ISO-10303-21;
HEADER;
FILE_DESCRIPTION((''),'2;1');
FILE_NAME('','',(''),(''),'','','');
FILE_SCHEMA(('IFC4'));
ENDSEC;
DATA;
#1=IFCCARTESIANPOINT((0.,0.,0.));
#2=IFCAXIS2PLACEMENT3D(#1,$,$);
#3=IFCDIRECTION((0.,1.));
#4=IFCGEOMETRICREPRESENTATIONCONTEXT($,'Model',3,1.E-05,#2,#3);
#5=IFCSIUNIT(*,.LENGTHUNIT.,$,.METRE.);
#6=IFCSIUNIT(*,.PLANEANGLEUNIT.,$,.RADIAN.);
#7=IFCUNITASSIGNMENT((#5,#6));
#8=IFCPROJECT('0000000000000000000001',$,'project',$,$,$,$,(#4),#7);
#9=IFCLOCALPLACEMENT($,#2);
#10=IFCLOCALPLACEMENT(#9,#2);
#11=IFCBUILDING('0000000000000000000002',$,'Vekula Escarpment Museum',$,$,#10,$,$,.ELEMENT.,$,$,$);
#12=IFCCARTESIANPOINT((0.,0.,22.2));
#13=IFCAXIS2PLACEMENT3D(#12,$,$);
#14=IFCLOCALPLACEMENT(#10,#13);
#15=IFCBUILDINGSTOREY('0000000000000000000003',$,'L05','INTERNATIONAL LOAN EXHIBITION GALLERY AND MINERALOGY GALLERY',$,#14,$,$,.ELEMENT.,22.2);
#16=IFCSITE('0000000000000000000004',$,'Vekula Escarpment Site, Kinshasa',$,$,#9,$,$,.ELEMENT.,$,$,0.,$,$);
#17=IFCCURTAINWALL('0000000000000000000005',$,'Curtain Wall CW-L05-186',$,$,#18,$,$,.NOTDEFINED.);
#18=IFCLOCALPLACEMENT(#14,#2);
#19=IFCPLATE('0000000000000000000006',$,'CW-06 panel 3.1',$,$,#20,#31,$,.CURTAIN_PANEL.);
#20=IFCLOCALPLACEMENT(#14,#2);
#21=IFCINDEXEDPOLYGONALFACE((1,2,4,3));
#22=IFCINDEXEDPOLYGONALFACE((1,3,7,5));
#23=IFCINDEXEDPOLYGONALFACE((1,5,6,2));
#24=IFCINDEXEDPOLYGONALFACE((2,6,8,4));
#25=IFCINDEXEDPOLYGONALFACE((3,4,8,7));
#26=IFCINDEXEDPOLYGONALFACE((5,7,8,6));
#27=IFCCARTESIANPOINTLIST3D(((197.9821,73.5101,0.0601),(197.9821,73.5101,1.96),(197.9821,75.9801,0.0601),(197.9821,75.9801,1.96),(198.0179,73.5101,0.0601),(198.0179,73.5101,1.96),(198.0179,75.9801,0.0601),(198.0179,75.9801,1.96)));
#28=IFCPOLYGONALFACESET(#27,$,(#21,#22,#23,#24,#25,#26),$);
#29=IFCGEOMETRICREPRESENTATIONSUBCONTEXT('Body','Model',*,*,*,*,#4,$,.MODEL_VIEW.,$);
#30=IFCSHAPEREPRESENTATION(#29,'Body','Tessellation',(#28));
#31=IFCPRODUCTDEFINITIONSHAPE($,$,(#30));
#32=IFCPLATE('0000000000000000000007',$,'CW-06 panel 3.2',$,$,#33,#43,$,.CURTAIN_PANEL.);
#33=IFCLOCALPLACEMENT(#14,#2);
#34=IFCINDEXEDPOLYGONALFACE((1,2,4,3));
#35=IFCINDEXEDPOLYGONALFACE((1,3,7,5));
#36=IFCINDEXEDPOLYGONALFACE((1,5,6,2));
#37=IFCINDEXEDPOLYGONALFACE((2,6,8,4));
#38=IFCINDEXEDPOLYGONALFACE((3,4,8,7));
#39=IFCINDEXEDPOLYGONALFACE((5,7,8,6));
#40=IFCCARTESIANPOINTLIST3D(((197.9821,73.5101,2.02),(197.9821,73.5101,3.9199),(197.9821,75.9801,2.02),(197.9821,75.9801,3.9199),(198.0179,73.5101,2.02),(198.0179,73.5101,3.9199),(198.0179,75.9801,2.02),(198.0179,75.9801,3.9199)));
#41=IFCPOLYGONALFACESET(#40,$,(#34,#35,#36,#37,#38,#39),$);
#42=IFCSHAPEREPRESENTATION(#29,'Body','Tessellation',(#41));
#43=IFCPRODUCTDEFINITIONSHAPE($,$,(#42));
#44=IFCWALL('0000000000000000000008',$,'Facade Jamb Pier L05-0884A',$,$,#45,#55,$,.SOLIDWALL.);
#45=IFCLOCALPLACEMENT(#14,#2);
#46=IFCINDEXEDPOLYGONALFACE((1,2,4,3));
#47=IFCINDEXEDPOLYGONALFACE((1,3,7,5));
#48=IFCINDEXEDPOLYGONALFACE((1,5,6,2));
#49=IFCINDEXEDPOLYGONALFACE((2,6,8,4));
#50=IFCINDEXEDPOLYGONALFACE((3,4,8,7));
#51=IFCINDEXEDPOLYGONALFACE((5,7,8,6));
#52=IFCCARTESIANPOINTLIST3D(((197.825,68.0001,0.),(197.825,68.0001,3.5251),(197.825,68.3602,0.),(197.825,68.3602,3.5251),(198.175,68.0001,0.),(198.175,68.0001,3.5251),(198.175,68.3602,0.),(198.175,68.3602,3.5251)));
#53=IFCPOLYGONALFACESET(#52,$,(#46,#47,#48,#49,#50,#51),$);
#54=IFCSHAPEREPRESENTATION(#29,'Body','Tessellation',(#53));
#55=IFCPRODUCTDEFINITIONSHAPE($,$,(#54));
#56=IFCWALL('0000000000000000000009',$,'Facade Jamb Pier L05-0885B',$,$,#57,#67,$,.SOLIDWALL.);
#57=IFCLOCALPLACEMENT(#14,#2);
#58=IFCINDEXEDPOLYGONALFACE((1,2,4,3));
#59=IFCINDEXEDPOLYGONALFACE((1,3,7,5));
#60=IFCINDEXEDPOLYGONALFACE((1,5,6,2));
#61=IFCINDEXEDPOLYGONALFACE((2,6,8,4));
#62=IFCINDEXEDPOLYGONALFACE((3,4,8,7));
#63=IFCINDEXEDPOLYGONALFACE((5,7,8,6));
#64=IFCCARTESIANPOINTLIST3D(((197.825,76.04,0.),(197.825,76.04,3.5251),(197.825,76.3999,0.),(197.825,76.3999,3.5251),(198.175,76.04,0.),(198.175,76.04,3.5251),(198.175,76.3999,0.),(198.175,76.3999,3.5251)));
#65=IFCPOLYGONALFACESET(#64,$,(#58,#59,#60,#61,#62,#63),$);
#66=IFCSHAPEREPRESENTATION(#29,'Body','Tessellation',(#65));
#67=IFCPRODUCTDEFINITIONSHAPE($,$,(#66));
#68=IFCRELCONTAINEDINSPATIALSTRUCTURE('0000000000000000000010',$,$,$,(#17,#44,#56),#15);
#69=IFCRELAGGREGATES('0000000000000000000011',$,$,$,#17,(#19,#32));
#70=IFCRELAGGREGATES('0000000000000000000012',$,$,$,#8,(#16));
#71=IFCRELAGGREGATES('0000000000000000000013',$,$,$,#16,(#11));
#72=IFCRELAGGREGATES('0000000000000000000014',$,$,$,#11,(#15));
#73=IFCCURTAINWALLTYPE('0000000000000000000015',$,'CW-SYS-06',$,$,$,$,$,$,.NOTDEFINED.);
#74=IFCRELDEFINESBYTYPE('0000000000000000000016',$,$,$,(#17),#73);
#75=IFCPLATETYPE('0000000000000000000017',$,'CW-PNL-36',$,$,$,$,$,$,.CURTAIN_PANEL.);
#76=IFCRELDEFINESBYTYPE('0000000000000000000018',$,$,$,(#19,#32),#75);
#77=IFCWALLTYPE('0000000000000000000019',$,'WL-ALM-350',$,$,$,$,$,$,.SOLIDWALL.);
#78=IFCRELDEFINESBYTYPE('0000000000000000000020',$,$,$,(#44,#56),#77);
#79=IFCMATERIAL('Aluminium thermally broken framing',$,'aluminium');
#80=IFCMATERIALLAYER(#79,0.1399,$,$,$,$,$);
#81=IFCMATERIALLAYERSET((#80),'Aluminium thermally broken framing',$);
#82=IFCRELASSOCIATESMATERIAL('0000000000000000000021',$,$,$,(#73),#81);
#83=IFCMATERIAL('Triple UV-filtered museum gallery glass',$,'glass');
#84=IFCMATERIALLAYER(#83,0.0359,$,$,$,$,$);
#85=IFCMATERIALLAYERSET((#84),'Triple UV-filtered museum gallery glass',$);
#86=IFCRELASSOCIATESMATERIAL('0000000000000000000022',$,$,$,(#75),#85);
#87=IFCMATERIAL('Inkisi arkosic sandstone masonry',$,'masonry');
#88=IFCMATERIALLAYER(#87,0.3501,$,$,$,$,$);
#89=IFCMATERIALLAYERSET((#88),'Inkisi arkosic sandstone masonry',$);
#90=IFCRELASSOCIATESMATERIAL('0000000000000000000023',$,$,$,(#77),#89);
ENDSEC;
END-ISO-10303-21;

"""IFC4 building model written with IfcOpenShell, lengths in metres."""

from ifc_helpers import new_model, si_unit, direction, frame, frame_2d, origin, origin_2d, place, context, subcontext, project, spatial, rectangle, extrude, material, layer, layer_set, type_object, element, aggregate, save


model = new_model("IFC4")

# Units and contexts
model_context = context("Model", 3, precision=1e-05, world=origin(), true_north=direction((0.0, 1.0)))
body_context = subcontext(model_context, "Body", "Model", "MODEL_VIEW")
ifc_project = project(units=[si_unit("LENGTHUNIT", "METRE"), si_unit("PLANEANGLEUNIT", "RADIAN")], contexts=[model_context])

# Site, building, storey
site_placement = place(None, origin())
site = spatial("IfcSite", under=ifc_project, at=site_placement, Name="Vekula Escarpment Site, Kinshasa", CompositionType="ELEMENT", RefElevation=0.0)
building_placement = place(site_placement, origin())
building = spatial("IfcBuilding", under=site, at=building_placement, Name="Vekula Escarpment Museum", CompositionType="ELEMENT")
storey_placement = place(building_placement, frame((0.0, 0.0, 22.2)))
storey = spatial("IfcBuildingStorey", under=building, at=storey_placement, Name="L05", Description="INTERNATIONAL LOAN EXHIBITION GALLERY AND MINERALOGY GALLERY", CompositionType="ELEMENT", Elevation=22.2)

# Curtain wall, plates
ifc_material_1 = material(Name="Aluminium thermally broken framing", Category="aluminium")
ifc_layer_1 = layer(ifc_material_1, 0.1399)
ifc_layer_set_1 = layer_set([ifc_layer_1], Name="Aluminium thermally broken framing")
curtain_wall_type = type_object("IfcCurtainWallType", Name="CW-SYS-06", PredefinedType="NOTDEFINED", material=ifc_layer_set_1)
curtain_wall_placement = place(storey_placement, origin())
curtain_wall = element("IfcCurtainWall", 1, at=curtain_wall_placement, inside=storey, type_object=curtain_wall_type, Name="Curtain Wall CW-L05-186", PredefinedType="NOTDEFINED")
ifc_material_2 = material(Name="Triple UV-filtered museum gallery glass", Category="glass")
ifc_layer_2 = layer(ifc_material_2, 0.0359)
ifc_layer_set_2 = layer_set([ifc_layer_2], Name="Triple UV-filtered museum gallery glass")
plate_type = type_object("IfcPlateType", Name="CW-PNL-36", PredefinedType="CURTAIN_PANEL", material=ifc_layer_set_2)
plate_1_placement = place(storey_placement, frame((198.0, 74.7451, 0.0601), z_axis=(0.0, 0.0, 1.0), x_axis=(0.0, 1.0, 0.0)))
plate_1 = element("IfcPlate", 2, at=plate_1_placement, type_object=plate_type, Name="CW-06 panel 3.1", PredefinedType="CURTAIN_PANEL", context=body_context, shape_type="SweptSolid", body=[
    extrude(rectangle(XDim=2.47, YDim=0.0359, at=origin_2d()), origin(), (0.0, 0.0, 1.0), 1.8999),
])
plate_2_placement = place(storey_placement, frame((198.0, 74.7451, 2.02), z_axis=(0.0, 0.0, 1.0), x_axis=(0.0, 1.0, 0.0)))
plate_2 = element("IfcPlate", 3, at=plate_2_placement, type_object=plate_type, Name="CW-06 panel 3.2", PredefinedType="CURTAIN_PANEL", context=body_context, shape_type="SweptSolid", body=[
    extrude(rectangle(XDim=2.47, YDim=0.0359, at=origin_2d()), origin(), (0.0, 0.0, 1.0), 1.8999),
])
aggregate(curtain_wall, [plate_1, plate_2])

# Walls
ifc_material_3 = material(Name="Inkisi arkosic sandstone masonry", Category="masonry")
ifc_layer_3 = layer(ifc_material_3, 0.3501)
ifc_layer_set_3 = layer_set([ifc_layer_3], Name="Inkisi arkosic sandstone masonry")
wall_type = type_object("IfcWallType", Name="WL-ALM-350", PredefinedType="SOLIDWALL", material=ifc_layer_set_3)
wall_1_placement = place(storey_placement, frame((198.0, 68.0, 0.0), z_axis=(0.0, 0.0, 1.0), x_axis=(0.0, 1.0, 0.0)))
element("IfcWall", 4, at=wall_1_placement, inside=storey, type_object=wall_type, Name="Facade Jamb Pier L05-0884A", PredefinedType="SOLIDWALL", context=body_context, shape_type="SweptSolid", body=[
    extrude(rectangle(XDim=0.3601, YDim=0.3501, at=frame_2d((0.1802, 0.0))), origin(), (0.0, 0.0, 1.0), 3.5251),
])
wall_2_placement = place(storey_placement, frame((198.0, 76.04, 0.0), z_axis=(0.0, 0.0, 1.0), x_axis=(0.0, 1.0, 0.0)))
element("IfcWall", 5, at=wall_2_placement, inside=storey, type_object=wall_type, Name="Facade Jamb Pier L05-0885B", PredefinedType="SOLIDWALL", context=body_context, shape_type="SweptSolid", body=[
    extrude(rectangle(XDim=0.3599, YDim=0.3501, at=frame_2d((0.1799, 0.0))), origin(), (0.0, 0.0, 1.0), 3.5251),
])

save(model, "model.ifc")
